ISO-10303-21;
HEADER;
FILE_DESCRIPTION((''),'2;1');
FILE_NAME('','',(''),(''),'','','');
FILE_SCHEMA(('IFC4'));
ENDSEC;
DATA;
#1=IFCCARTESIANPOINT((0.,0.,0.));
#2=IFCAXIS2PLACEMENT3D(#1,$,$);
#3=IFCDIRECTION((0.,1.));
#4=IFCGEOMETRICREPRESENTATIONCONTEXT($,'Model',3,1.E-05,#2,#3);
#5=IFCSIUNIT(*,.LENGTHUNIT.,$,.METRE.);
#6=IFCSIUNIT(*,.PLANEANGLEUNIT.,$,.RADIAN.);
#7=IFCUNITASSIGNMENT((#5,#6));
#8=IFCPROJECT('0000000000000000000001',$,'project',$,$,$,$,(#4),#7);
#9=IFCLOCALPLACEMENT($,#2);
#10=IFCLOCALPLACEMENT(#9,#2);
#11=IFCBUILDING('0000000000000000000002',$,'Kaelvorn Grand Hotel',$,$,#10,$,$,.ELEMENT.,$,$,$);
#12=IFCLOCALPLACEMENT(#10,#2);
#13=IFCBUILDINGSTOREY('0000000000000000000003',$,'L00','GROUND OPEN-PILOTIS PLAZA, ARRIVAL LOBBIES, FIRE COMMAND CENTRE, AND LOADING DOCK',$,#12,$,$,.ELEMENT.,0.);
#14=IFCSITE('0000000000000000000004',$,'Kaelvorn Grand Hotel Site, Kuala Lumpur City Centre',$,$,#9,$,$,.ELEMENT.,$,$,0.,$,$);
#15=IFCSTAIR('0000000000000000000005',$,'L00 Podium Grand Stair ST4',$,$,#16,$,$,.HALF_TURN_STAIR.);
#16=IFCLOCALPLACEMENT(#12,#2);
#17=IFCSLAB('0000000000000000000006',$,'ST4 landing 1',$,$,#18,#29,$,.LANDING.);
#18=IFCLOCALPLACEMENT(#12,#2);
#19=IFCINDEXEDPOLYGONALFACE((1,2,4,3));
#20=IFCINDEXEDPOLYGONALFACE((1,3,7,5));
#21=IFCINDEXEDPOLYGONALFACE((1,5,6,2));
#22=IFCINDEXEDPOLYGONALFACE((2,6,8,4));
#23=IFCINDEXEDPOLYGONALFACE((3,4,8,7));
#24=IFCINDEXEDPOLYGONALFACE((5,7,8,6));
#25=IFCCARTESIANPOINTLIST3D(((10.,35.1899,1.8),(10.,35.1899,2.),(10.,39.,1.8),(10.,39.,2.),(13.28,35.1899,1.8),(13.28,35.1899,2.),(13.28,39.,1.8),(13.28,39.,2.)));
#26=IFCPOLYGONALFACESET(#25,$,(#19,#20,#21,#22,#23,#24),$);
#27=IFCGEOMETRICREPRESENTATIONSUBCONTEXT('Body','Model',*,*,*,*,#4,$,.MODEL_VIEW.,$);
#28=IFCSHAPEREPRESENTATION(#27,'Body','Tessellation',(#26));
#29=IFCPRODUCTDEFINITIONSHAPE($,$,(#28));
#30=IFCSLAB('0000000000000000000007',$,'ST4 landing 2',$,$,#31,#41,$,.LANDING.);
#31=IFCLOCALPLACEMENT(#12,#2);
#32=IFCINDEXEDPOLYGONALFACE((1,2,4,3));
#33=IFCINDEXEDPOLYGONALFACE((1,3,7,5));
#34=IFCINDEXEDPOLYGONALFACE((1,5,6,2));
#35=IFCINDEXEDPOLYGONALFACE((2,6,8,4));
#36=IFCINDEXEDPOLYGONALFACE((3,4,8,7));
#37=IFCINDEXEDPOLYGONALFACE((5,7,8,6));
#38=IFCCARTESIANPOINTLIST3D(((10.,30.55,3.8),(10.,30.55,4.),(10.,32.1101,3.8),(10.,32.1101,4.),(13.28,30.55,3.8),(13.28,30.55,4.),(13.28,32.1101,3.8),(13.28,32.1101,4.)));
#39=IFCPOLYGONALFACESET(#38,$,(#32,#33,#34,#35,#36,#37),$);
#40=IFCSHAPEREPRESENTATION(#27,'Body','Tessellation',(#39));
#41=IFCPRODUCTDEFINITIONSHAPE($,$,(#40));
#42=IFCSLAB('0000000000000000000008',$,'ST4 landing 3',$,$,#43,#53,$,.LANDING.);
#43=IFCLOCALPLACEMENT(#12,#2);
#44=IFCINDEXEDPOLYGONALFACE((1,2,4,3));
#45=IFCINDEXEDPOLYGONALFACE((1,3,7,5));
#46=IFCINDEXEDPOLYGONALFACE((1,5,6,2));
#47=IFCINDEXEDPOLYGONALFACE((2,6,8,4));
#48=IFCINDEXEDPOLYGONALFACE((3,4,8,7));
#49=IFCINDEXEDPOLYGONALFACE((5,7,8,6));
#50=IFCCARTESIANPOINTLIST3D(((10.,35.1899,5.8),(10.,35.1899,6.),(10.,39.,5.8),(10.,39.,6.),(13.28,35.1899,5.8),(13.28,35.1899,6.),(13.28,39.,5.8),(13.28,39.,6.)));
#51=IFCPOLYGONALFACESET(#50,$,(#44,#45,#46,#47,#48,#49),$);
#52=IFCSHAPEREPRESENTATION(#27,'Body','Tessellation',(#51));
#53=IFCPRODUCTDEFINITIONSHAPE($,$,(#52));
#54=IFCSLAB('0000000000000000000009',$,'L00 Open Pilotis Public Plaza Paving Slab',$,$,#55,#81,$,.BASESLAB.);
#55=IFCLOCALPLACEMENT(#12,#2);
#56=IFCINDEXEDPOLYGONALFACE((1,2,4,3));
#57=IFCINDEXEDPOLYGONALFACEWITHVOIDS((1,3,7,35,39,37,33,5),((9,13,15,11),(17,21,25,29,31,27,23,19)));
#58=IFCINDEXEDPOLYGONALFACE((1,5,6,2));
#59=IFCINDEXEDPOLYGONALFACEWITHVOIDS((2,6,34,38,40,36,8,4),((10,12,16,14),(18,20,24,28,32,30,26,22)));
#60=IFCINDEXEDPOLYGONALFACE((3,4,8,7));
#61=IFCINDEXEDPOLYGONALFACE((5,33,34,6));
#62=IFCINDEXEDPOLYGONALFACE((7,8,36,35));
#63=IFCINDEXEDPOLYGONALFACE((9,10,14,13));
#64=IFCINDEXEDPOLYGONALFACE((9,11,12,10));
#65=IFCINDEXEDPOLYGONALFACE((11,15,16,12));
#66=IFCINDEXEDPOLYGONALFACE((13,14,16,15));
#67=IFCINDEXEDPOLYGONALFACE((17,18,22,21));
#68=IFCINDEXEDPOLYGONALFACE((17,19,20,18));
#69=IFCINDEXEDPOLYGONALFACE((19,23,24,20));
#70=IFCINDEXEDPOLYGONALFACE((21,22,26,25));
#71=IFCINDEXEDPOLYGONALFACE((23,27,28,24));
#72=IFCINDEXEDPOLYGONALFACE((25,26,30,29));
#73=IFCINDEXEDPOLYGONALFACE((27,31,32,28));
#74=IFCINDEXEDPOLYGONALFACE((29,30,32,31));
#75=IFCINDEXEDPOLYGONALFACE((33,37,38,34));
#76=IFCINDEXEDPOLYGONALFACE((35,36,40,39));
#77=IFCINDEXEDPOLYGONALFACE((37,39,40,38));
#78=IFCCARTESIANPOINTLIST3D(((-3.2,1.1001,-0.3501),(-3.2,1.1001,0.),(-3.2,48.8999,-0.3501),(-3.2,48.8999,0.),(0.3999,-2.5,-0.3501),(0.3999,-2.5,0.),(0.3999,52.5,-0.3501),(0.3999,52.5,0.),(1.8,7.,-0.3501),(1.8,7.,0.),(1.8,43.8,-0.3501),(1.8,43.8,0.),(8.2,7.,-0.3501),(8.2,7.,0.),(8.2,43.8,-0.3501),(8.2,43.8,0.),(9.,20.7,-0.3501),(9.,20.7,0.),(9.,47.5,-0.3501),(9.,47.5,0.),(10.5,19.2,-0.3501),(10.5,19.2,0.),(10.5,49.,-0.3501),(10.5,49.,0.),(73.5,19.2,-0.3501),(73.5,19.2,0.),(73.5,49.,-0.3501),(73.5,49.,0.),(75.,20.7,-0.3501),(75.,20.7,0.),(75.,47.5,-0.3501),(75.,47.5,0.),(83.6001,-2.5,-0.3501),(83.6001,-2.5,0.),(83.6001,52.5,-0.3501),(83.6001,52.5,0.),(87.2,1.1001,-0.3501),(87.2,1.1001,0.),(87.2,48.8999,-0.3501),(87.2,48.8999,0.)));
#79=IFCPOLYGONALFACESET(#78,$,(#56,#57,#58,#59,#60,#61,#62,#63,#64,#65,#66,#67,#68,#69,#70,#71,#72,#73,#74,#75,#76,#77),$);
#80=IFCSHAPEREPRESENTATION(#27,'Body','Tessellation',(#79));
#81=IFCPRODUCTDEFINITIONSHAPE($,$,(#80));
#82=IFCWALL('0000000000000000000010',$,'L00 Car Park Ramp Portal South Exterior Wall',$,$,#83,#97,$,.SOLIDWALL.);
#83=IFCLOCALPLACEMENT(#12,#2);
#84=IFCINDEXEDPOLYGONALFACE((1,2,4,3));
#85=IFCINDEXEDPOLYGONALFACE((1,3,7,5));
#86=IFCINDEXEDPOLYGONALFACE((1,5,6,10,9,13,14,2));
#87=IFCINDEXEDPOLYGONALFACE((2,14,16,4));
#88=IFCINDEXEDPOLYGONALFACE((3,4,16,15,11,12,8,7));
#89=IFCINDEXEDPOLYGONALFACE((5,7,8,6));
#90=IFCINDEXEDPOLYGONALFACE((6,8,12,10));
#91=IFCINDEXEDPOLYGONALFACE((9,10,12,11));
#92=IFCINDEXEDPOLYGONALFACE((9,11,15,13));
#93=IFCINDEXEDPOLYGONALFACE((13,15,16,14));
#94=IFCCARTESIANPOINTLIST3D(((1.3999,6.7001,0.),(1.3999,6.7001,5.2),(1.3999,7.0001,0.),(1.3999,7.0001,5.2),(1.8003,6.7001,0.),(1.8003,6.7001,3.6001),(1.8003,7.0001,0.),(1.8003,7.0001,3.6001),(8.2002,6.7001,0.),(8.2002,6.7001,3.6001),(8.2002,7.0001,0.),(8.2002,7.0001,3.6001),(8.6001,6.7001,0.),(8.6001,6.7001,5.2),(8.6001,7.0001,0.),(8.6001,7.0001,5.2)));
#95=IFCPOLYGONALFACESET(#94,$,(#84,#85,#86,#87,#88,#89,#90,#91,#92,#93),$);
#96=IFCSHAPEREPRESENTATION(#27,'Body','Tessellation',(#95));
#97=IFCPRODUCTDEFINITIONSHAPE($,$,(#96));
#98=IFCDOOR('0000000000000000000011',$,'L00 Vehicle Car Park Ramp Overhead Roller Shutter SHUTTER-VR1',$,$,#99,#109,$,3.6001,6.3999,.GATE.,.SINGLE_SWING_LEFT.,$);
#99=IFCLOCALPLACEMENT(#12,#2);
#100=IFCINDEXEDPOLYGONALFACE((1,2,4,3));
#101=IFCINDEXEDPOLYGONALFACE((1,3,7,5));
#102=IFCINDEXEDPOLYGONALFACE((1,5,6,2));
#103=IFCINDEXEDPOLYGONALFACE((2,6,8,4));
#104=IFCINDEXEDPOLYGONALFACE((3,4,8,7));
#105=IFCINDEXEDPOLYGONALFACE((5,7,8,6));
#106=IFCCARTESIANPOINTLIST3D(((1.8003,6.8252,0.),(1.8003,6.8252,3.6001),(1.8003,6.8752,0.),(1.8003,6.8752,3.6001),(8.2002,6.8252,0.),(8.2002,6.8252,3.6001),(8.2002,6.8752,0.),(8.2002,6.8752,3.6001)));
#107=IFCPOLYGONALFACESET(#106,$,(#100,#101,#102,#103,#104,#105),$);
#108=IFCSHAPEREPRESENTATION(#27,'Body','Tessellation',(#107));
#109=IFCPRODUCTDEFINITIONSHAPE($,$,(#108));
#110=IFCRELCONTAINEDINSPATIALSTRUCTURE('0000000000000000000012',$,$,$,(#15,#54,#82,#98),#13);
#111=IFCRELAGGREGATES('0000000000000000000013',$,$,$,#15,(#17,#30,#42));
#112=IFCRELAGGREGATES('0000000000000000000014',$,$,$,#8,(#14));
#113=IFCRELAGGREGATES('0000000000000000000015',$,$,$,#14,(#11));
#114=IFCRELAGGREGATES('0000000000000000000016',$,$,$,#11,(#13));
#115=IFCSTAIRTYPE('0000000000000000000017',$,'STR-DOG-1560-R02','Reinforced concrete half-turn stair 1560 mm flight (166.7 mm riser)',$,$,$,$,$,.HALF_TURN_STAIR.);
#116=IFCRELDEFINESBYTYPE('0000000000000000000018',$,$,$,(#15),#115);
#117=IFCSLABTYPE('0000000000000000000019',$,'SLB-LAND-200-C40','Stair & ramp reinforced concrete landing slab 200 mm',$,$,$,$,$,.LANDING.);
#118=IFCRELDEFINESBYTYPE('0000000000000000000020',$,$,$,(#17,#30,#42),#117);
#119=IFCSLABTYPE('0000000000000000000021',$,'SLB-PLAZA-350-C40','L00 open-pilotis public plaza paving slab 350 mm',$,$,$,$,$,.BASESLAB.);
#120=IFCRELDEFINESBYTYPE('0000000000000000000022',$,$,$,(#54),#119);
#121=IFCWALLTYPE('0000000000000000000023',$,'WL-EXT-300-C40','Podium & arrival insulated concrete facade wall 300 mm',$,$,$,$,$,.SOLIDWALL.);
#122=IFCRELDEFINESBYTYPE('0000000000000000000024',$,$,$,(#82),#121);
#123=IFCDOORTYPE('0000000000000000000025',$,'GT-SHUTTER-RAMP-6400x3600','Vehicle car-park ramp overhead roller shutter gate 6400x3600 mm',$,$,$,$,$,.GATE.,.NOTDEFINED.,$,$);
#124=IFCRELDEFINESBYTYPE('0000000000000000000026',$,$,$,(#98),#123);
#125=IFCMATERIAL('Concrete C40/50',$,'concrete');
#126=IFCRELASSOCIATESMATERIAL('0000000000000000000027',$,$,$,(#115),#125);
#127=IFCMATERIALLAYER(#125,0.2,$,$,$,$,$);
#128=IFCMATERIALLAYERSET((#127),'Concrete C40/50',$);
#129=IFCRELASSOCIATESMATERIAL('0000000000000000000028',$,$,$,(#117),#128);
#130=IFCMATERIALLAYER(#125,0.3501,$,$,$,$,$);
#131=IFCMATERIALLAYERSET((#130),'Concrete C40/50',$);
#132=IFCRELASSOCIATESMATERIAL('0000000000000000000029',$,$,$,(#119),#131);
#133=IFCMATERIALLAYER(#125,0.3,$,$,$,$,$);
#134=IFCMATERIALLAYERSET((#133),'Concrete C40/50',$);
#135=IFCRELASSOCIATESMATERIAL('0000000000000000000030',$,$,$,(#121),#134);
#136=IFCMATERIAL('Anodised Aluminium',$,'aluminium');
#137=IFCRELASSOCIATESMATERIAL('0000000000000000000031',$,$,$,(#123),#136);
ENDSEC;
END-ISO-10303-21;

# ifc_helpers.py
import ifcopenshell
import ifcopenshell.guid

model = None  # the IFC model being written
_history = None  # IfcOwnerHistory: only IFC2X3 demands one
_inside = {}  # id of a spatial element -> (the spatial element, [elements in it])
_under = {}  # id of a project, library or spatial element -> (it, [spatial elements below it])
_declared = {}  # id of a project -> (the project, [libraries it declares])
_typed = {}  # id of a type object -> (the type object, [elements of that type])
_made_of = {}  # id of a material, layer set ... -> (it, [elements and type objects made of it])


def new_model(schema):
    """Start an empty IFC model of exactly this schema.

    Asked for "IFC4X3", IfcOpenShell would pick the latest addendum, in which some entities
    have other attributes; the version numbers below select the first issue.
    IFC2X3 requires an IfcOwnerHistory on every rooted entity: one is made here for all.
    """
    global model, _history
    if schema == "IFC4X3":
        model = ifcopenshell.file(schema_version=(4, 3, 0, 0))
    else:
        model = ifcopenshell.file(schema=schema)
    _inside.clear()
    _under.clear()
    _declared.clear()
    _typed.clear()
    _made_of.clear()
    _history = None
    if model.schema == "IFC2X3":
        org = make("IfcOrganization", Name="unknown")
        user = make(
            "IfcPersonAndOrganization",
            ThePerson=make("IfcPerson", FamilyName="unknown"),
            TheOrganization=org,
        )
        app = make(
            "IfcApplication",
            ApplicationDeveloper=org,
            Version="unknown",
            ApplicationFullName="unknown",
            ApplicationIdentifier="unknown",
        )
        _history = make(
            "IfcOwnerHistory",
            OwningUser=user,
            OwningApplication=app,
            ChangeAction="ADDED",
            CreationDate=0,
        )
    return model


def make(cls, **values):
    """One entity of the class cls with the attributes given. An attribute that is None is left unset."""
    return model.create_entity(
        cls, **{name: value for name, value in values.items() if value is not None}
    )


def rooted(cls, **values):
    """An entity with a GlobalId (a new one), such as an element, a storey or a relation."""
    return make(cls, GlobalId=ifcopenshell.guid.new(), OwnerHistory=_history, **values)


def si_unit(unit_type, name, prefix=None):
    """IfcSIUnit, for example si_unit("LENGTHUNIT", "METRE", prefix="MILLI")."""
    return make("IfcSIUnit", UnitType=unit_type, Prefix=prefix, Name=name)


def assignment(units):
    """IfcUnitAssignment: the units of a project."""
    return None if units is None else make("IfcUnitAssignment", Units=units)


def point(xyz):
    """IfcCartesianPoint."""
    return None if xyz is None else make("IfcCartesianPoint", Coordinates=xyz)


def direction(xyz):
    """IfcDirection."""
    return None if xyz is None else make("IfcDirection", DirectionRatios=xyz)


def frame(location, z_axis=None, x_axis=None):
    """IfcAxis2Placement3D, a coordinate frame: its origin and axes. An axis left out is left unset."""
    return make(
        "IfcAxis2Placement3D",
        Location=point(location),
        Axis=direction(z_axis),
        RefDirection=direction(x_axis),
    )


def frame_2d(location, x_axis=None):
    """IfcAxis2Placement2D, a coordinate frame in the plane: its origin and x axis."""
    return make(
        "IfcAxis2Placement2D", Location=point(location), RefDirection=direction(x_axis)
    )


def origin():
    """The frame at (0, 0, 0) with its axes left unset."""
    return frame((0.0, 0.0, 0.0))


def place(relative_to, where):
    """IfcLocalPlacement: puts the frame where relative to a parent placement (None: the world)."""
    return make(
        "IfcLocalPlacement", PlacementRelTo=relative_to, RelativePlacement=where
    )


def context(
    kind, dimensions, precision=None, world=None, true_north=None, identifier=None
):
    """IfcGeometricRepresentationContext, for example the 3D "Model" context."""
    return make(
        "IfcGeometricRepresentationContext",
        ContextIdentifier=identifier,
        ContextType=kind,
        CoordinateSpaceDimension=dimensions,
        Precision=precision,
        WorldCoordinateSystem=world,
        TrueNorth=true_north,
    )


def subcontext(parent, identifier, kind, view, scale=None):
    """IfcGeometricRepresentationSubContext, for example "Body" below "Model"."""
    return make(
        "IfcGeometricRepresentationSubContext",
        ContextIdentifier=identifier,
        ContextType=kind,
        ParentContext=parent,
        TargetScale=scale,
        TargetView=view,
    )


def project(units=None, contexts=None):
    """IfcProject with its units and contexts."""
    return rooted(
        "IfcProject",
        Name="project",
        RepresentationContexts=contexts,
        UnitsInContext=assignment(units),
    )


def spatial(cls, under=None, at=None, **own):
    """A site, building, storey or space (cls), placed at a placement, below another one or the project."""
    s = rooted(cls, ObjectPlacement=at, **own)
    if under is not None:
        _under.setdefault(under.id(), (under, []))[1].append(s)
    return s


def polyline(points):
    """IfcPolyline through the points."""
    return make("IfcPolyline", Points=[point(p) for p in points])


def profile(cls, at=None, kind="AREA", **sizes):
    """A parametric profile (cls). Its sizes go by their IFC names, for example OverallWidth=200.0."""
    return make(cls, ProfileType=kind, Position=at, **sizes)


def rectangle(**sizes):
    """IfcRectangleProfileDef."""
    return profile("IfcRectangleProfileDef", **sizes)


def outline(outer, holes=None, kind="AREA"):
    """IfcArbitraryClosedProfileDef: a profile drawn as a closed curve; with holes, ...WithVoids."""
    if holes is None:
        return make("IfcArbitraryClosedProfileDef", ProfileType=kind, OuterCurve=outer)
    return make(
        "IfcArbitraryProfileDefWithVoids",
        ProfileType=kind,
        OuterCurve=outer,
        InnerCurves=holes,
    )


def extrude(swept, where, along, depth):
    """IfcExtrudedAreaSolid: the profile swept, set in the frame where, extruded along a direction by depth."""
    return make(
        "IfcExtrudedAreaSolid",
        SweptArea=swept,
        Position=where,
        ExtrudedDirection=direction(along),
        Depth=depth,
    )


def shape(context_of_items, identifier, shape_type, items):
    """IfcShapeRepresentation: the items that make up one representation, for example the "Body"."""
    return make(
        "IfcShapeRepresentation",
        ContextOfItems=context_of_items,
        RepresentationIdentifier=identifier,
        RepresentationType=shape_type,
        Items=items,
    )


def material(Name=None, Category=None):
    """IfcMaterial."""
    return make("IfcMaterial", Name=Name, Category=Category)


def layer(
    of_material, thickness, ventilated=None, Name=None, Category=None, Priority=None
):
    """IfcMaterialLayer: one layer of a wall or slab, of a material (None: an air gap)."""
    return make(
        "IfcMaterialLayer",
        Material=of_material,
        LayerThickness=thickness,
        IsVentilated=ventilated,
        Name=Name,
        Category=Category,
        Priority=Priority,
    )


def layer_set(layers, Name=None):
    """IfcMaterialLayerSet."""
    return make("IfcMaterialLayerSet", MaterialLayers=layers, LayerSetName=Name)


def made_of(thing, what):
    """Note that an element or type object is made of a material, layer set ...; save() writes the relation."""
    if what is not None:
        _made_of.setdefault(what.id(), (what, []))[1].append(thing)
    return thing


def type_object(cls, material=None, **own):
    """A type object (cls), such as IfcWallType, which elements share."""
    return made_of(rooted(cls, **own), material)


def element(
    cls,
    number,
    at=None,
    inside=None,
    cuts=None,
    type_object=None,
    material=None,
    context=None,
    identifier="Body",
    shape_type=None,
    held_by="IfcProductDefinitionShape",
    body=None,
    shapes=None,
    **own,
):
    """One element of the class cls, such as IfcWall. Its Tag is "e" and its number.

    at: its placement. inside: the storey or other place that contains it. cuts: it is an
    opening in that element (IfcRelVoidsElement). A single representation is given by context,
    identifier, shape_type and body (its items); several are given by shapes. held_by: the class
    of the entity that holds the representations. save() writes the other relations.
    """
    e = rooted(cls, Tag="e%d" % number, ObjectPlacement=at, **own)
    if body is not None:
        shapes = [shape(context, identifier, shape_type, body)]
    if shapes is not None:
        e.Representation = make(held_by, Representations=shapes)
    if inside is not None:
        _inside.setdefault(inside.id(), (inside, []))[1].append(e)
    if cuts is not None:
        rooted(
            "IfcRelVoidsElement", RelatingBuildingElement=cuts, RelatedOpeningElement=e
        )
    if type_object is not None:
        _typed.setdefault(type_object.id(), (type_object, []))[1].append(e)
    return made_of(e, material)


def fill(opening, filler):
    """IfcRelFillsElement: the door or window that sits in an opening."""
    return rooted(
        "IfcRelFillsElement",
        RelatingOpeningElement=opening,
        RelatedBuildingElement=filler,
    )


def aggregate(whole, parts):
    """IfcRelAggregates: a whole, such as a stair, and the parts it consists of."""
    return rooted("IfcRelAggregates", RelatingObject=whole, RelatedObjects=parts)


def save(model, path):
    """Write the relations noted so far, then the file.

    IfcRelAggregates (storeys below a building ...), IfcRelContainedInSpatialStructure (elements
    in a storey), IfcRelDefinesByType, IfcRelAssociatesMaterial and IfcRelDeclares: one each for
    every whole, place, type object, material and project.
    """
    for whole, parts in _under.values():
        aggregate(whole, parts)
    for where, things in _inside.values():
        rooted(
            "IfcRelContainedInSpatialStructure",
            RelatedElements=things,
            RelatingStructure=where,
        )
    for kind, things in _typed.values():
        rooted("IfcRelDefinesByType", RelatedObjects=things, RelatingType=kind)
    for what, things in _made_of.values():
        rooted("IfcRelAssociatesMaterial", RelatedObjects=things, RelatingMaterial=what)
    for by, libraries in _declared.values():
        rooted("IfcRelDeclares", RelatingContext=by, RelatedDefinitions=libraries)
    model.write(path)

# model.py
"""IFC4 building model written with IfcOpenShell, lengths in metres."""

from ifc_helpers import new_model, si_unit, direction, frame, frame_2d, origin, place, context, subcontext, project, spatial, polyline, rectangle, outline, extrude, material, layer, layer_set, type_object, element, fill, aggregate, save


model = new_model("IFC4")

# Units and contexts
model_context = context("Model", 3, precision=1e-05, world=origin(), true_north=direction((0.0, 1.0)))
body_context = subcontext(model_context, "Body", "Model", "MODEL_VIEW")
ifc_project = project(units=[si_unit("LENGTHUNIT", "METRE"), si_unit("PLANEANGLEUNIT", "RADIAN")], contexts=[model_context])

# Site, building, storey
site_placement = place(None, origin())
site = spatial("IfcSite", under=ifc_project, at=site_placement, Name="Kaelvorn Grand Hotel Site, Kuala Lumpur City Centre", CompositionType="ELEMENT", RefElevation=0.0)
building_placement = place(site_placement, origin())
building = spatial("IfcBuilding", under=site, at=building_placement, Name="Kaelvorn Grand Hotel", CompositionType="ELEMENT")
storey_placement = place(building_placement, origin())
storey = spatial("IfcBuildingStorey", under=building, at=storey_placement, Name="L00", Description="GROUND OPEN-PILOTIS PLAZA, ARRIVAL LOBBIES, FIRE COMMAND CENTRE, AND LOADING DOCK", CompositionType="ELEMENT", Elevation=0.0)

# Shared definitions
ifc_material_1 = material(Name="Concrete C40/50", Category="concrete")

# Stair, slabs
stair_type = type_object("IfcStairType", Name="STR-DOG-1560-R02", Description="Reinforced concrete half-turn stair 1560 mm flight (166.7 mm riser)", PredefinedType="HALF_TURN_STAIR", material=ifc_material_1)
ifc_layer_1 = layer(ifc_material_1, 0.2)
ifc_layer_set_1 = layer_set([ifc_layer_1], Name="Concrete C40/50")
slab_type_1 = type_object("IfcSlabType", Name="SLB-LAND-200-C40", Description="Stair & ramp reinforced concrete landing slab 200 mm", PredefinedType="LANDING", material=ifc_layer_set_1)
stair_1_placement = place(storey_placement, origin())
stair_1 = element("IfcStair", 1, at=stair_1_placement, inside=storey, type_object=stair_type, Name="L00 Podium Grand Stair ST4", PredefinedType="HALF_TURN_STAIR")
slab_1_placement = place(storey_placement, frame((0.0, 0.0, 1.8)))
slab_1 = element("IfcSlab", 2, at=slab_1_placement, type_object=slab_type_1, Name="ST4 landing 1", PredefinedType="LANDING", context=body_context, shape_type="SweptSolid", body=[
    extrude(outline(polyline([(13.28, 35.1899), (13.28, 39.0), (10.0, 39.0), (10.0, 35.1899), (13.28, 35.1899)])), origin(), (0.0, 0.0, 1.0), 0.2),
])
slab_2_placement = place(storey_placement, frame((0.0, 0.0, 3.8)))
slab_2 = element("IfcSlab", 3, at=slab_2_placement, type_object=slab_type_1, Name="ST4 landing 2", PredefinedType="LANDING", context=body_context, shape_type="SweptSolid", body=[
    extrude(outline(polyline([(13.28, 30.55), (13.28, 32.1101), (10.0, 32.1101), (10.0, 30.55), (13.28, 30.55)])), origin(), (0.0, 0.0, 1.0), 0.2),
])
slab_3_placement = place(storey_placement, frame((0.0, 0.0, 5.8)))
slab_3 = element("IfcSlab", 4, at=slab_3_placement, type_object=slab_type_1, Name="ST4 landing 3", PredefinedType="LANDING", context=body_context, shape_type="SweptSolid", body=[
    extrude(outline(polyline([(13.28, 35.1899), (13.28, 39.0), (10.0, 39.0), (10.0, 35.1899), (13.28, 35.1899)])), origin(), (0.0, 0.0, 1.0), 0.2),
])
aggregate(stair_1, [slab_1, slab_2, slab_3])

# Slab
ifc_layer_2 = layer(ifc_material_1, 0.3501)
ifc_layer_set_2 = layer_set([ifc_layer_2], Name="Concrete C40/50")
slab_type_2 = type_object("IfcSlabType", Name="SLB-PLAZA-350-C40", Description="L00 open-pilotis public plaza paving slab 350 mm", PredefinedType="BASESLAB", material=ifc_layer_set_2)
slab_4_placement = place(storey_placement, frame((0.0, 0.0, -0.3501)))
element("IfcSlab", 5, at=slab_4_placement, inside=storey, type_object=slab_type_2, Name="L00 Open Pilotis Public Plaza Paving Slab", PredefinedType="BASESLAB", context=body_context, shape_type="SweptSolid", body=[
    extrude(outline(polyline([(0.3999, -2.5), (83.6001, -2.5), (87.2, 1.1001), (87.2, 48.8999), (83.6001, 52.5), (0.3999, 52.5), (-3.2, 48.8999), (-3.2, 1.1001), (0.3999, -2.5)]), holes=[polyline([(9.0, 20.7), (9.0, 47.5), (10.5, 49.0), (73.5, 49.0), (75.0, 47.5), (75.0, 20.7), (73.5, 19.2), (10.5, 19.2), (9.0, 20.7)]), polyline([(1.8, 7.0), (1.8, 43.8), (8.2, 43.8), (8.2, 7.0), (1.8, 7.0)])]), origin(), (0.0, 0.0, 1.0), 0.3501),
])

# Wall, opening, door
ifc_layer_3 = layer(ifc_material_1, 0.3)
ifc_layer_set_3 = layer_set([ifc_layer_3], Name="Concrete C40/50")
wall_type = type_object("IfcWallType", Name="WL-EXT-300-C40", Description="Podium & arrival insulated concrete facade wall 300 mm", PredefinedType="SOLIDWALL", material=ifc_layer_set_3)
wall_placement = place(storey_placement, frame((8.6001, 6.8501, 0.0), z_axis=(0.0, 0.0, 1.0), x_axis=(-1.0, 0.0, 0.0)))
wall = element("IfcWall", 6, at=wall_placement, inside=storey, type_object=wall_type, Name="L00 Car Park Ramp Portal South Exterior Wall", PredefinedType="SOLIDWALL", context=body_context, shape_type="SweptSolid", body=[
    extrude(rectangle(XDim=7.2002, YDim=0.3, at=frame_2d((3.6001, 0.0))), origin(), (0.0, 0.0, 1.0), 5.2),
])
opening_placement = place(wall_placement, frame((0.3999, 0.0, 0.0)))
opening = element("IfcOpeningElement", 7, at=opening_placement, cuts=wall, PredefinedType="OPENING", context=body_context, shape_type="SweptSolid", body=[
    extrude(rectangle(XDim=6.3999, YDim=3.6001, at=frame_2d((3.2, 1.8))), frame((0.0, 0.1602, 0.0), z_axis=(0.0, -1.0, 0.0), x_axis=(1.0, 0.0, 0.0)), (0.0, 0.0, 1.0), 0.3201),
])
ifc_material_2 = material(Name="Anodised Aluminium", Category="aluminium")
door_type = type_object("IfcDoorType", Name="GT-SHUTTER-RAMP-6400x3600", Description="Vehicle car-park ramp overhead roller shutter gate 6400x3600 mm", OperationType="NOTDEFINED", PredefinedType="GATE", material=ifc_material_2)
door_placement = place(opening_placement, origin())
door = element("IfcDoor", 8, at=door_placement, inside=storey, type_object=door_type, Name="L00 Vehicle Car Park Ramp Overhead Roller Shutter SHUTTER-VR1", OperationType="SINGLE_SWING_LEFT", OverallHeight=3.6001, OverallWidth=6.3999, PredefinedType="GATE", context=body_context, shape_type="SweptSolid", body=[
    extrude(rectangle(XDim=6.3999, YDim=3.6001, at=frame_2d((3.2, 1.8))), frame((0.0, 0.0249, 0.0), z_axis=(0.0, -1.0, 0.0), x_axis=(1.0, 0.0, 0.0)), (0.0, 0.0, 1.0), 0.05),
])
fill(opening, door)

save(model, "model.ifc")
